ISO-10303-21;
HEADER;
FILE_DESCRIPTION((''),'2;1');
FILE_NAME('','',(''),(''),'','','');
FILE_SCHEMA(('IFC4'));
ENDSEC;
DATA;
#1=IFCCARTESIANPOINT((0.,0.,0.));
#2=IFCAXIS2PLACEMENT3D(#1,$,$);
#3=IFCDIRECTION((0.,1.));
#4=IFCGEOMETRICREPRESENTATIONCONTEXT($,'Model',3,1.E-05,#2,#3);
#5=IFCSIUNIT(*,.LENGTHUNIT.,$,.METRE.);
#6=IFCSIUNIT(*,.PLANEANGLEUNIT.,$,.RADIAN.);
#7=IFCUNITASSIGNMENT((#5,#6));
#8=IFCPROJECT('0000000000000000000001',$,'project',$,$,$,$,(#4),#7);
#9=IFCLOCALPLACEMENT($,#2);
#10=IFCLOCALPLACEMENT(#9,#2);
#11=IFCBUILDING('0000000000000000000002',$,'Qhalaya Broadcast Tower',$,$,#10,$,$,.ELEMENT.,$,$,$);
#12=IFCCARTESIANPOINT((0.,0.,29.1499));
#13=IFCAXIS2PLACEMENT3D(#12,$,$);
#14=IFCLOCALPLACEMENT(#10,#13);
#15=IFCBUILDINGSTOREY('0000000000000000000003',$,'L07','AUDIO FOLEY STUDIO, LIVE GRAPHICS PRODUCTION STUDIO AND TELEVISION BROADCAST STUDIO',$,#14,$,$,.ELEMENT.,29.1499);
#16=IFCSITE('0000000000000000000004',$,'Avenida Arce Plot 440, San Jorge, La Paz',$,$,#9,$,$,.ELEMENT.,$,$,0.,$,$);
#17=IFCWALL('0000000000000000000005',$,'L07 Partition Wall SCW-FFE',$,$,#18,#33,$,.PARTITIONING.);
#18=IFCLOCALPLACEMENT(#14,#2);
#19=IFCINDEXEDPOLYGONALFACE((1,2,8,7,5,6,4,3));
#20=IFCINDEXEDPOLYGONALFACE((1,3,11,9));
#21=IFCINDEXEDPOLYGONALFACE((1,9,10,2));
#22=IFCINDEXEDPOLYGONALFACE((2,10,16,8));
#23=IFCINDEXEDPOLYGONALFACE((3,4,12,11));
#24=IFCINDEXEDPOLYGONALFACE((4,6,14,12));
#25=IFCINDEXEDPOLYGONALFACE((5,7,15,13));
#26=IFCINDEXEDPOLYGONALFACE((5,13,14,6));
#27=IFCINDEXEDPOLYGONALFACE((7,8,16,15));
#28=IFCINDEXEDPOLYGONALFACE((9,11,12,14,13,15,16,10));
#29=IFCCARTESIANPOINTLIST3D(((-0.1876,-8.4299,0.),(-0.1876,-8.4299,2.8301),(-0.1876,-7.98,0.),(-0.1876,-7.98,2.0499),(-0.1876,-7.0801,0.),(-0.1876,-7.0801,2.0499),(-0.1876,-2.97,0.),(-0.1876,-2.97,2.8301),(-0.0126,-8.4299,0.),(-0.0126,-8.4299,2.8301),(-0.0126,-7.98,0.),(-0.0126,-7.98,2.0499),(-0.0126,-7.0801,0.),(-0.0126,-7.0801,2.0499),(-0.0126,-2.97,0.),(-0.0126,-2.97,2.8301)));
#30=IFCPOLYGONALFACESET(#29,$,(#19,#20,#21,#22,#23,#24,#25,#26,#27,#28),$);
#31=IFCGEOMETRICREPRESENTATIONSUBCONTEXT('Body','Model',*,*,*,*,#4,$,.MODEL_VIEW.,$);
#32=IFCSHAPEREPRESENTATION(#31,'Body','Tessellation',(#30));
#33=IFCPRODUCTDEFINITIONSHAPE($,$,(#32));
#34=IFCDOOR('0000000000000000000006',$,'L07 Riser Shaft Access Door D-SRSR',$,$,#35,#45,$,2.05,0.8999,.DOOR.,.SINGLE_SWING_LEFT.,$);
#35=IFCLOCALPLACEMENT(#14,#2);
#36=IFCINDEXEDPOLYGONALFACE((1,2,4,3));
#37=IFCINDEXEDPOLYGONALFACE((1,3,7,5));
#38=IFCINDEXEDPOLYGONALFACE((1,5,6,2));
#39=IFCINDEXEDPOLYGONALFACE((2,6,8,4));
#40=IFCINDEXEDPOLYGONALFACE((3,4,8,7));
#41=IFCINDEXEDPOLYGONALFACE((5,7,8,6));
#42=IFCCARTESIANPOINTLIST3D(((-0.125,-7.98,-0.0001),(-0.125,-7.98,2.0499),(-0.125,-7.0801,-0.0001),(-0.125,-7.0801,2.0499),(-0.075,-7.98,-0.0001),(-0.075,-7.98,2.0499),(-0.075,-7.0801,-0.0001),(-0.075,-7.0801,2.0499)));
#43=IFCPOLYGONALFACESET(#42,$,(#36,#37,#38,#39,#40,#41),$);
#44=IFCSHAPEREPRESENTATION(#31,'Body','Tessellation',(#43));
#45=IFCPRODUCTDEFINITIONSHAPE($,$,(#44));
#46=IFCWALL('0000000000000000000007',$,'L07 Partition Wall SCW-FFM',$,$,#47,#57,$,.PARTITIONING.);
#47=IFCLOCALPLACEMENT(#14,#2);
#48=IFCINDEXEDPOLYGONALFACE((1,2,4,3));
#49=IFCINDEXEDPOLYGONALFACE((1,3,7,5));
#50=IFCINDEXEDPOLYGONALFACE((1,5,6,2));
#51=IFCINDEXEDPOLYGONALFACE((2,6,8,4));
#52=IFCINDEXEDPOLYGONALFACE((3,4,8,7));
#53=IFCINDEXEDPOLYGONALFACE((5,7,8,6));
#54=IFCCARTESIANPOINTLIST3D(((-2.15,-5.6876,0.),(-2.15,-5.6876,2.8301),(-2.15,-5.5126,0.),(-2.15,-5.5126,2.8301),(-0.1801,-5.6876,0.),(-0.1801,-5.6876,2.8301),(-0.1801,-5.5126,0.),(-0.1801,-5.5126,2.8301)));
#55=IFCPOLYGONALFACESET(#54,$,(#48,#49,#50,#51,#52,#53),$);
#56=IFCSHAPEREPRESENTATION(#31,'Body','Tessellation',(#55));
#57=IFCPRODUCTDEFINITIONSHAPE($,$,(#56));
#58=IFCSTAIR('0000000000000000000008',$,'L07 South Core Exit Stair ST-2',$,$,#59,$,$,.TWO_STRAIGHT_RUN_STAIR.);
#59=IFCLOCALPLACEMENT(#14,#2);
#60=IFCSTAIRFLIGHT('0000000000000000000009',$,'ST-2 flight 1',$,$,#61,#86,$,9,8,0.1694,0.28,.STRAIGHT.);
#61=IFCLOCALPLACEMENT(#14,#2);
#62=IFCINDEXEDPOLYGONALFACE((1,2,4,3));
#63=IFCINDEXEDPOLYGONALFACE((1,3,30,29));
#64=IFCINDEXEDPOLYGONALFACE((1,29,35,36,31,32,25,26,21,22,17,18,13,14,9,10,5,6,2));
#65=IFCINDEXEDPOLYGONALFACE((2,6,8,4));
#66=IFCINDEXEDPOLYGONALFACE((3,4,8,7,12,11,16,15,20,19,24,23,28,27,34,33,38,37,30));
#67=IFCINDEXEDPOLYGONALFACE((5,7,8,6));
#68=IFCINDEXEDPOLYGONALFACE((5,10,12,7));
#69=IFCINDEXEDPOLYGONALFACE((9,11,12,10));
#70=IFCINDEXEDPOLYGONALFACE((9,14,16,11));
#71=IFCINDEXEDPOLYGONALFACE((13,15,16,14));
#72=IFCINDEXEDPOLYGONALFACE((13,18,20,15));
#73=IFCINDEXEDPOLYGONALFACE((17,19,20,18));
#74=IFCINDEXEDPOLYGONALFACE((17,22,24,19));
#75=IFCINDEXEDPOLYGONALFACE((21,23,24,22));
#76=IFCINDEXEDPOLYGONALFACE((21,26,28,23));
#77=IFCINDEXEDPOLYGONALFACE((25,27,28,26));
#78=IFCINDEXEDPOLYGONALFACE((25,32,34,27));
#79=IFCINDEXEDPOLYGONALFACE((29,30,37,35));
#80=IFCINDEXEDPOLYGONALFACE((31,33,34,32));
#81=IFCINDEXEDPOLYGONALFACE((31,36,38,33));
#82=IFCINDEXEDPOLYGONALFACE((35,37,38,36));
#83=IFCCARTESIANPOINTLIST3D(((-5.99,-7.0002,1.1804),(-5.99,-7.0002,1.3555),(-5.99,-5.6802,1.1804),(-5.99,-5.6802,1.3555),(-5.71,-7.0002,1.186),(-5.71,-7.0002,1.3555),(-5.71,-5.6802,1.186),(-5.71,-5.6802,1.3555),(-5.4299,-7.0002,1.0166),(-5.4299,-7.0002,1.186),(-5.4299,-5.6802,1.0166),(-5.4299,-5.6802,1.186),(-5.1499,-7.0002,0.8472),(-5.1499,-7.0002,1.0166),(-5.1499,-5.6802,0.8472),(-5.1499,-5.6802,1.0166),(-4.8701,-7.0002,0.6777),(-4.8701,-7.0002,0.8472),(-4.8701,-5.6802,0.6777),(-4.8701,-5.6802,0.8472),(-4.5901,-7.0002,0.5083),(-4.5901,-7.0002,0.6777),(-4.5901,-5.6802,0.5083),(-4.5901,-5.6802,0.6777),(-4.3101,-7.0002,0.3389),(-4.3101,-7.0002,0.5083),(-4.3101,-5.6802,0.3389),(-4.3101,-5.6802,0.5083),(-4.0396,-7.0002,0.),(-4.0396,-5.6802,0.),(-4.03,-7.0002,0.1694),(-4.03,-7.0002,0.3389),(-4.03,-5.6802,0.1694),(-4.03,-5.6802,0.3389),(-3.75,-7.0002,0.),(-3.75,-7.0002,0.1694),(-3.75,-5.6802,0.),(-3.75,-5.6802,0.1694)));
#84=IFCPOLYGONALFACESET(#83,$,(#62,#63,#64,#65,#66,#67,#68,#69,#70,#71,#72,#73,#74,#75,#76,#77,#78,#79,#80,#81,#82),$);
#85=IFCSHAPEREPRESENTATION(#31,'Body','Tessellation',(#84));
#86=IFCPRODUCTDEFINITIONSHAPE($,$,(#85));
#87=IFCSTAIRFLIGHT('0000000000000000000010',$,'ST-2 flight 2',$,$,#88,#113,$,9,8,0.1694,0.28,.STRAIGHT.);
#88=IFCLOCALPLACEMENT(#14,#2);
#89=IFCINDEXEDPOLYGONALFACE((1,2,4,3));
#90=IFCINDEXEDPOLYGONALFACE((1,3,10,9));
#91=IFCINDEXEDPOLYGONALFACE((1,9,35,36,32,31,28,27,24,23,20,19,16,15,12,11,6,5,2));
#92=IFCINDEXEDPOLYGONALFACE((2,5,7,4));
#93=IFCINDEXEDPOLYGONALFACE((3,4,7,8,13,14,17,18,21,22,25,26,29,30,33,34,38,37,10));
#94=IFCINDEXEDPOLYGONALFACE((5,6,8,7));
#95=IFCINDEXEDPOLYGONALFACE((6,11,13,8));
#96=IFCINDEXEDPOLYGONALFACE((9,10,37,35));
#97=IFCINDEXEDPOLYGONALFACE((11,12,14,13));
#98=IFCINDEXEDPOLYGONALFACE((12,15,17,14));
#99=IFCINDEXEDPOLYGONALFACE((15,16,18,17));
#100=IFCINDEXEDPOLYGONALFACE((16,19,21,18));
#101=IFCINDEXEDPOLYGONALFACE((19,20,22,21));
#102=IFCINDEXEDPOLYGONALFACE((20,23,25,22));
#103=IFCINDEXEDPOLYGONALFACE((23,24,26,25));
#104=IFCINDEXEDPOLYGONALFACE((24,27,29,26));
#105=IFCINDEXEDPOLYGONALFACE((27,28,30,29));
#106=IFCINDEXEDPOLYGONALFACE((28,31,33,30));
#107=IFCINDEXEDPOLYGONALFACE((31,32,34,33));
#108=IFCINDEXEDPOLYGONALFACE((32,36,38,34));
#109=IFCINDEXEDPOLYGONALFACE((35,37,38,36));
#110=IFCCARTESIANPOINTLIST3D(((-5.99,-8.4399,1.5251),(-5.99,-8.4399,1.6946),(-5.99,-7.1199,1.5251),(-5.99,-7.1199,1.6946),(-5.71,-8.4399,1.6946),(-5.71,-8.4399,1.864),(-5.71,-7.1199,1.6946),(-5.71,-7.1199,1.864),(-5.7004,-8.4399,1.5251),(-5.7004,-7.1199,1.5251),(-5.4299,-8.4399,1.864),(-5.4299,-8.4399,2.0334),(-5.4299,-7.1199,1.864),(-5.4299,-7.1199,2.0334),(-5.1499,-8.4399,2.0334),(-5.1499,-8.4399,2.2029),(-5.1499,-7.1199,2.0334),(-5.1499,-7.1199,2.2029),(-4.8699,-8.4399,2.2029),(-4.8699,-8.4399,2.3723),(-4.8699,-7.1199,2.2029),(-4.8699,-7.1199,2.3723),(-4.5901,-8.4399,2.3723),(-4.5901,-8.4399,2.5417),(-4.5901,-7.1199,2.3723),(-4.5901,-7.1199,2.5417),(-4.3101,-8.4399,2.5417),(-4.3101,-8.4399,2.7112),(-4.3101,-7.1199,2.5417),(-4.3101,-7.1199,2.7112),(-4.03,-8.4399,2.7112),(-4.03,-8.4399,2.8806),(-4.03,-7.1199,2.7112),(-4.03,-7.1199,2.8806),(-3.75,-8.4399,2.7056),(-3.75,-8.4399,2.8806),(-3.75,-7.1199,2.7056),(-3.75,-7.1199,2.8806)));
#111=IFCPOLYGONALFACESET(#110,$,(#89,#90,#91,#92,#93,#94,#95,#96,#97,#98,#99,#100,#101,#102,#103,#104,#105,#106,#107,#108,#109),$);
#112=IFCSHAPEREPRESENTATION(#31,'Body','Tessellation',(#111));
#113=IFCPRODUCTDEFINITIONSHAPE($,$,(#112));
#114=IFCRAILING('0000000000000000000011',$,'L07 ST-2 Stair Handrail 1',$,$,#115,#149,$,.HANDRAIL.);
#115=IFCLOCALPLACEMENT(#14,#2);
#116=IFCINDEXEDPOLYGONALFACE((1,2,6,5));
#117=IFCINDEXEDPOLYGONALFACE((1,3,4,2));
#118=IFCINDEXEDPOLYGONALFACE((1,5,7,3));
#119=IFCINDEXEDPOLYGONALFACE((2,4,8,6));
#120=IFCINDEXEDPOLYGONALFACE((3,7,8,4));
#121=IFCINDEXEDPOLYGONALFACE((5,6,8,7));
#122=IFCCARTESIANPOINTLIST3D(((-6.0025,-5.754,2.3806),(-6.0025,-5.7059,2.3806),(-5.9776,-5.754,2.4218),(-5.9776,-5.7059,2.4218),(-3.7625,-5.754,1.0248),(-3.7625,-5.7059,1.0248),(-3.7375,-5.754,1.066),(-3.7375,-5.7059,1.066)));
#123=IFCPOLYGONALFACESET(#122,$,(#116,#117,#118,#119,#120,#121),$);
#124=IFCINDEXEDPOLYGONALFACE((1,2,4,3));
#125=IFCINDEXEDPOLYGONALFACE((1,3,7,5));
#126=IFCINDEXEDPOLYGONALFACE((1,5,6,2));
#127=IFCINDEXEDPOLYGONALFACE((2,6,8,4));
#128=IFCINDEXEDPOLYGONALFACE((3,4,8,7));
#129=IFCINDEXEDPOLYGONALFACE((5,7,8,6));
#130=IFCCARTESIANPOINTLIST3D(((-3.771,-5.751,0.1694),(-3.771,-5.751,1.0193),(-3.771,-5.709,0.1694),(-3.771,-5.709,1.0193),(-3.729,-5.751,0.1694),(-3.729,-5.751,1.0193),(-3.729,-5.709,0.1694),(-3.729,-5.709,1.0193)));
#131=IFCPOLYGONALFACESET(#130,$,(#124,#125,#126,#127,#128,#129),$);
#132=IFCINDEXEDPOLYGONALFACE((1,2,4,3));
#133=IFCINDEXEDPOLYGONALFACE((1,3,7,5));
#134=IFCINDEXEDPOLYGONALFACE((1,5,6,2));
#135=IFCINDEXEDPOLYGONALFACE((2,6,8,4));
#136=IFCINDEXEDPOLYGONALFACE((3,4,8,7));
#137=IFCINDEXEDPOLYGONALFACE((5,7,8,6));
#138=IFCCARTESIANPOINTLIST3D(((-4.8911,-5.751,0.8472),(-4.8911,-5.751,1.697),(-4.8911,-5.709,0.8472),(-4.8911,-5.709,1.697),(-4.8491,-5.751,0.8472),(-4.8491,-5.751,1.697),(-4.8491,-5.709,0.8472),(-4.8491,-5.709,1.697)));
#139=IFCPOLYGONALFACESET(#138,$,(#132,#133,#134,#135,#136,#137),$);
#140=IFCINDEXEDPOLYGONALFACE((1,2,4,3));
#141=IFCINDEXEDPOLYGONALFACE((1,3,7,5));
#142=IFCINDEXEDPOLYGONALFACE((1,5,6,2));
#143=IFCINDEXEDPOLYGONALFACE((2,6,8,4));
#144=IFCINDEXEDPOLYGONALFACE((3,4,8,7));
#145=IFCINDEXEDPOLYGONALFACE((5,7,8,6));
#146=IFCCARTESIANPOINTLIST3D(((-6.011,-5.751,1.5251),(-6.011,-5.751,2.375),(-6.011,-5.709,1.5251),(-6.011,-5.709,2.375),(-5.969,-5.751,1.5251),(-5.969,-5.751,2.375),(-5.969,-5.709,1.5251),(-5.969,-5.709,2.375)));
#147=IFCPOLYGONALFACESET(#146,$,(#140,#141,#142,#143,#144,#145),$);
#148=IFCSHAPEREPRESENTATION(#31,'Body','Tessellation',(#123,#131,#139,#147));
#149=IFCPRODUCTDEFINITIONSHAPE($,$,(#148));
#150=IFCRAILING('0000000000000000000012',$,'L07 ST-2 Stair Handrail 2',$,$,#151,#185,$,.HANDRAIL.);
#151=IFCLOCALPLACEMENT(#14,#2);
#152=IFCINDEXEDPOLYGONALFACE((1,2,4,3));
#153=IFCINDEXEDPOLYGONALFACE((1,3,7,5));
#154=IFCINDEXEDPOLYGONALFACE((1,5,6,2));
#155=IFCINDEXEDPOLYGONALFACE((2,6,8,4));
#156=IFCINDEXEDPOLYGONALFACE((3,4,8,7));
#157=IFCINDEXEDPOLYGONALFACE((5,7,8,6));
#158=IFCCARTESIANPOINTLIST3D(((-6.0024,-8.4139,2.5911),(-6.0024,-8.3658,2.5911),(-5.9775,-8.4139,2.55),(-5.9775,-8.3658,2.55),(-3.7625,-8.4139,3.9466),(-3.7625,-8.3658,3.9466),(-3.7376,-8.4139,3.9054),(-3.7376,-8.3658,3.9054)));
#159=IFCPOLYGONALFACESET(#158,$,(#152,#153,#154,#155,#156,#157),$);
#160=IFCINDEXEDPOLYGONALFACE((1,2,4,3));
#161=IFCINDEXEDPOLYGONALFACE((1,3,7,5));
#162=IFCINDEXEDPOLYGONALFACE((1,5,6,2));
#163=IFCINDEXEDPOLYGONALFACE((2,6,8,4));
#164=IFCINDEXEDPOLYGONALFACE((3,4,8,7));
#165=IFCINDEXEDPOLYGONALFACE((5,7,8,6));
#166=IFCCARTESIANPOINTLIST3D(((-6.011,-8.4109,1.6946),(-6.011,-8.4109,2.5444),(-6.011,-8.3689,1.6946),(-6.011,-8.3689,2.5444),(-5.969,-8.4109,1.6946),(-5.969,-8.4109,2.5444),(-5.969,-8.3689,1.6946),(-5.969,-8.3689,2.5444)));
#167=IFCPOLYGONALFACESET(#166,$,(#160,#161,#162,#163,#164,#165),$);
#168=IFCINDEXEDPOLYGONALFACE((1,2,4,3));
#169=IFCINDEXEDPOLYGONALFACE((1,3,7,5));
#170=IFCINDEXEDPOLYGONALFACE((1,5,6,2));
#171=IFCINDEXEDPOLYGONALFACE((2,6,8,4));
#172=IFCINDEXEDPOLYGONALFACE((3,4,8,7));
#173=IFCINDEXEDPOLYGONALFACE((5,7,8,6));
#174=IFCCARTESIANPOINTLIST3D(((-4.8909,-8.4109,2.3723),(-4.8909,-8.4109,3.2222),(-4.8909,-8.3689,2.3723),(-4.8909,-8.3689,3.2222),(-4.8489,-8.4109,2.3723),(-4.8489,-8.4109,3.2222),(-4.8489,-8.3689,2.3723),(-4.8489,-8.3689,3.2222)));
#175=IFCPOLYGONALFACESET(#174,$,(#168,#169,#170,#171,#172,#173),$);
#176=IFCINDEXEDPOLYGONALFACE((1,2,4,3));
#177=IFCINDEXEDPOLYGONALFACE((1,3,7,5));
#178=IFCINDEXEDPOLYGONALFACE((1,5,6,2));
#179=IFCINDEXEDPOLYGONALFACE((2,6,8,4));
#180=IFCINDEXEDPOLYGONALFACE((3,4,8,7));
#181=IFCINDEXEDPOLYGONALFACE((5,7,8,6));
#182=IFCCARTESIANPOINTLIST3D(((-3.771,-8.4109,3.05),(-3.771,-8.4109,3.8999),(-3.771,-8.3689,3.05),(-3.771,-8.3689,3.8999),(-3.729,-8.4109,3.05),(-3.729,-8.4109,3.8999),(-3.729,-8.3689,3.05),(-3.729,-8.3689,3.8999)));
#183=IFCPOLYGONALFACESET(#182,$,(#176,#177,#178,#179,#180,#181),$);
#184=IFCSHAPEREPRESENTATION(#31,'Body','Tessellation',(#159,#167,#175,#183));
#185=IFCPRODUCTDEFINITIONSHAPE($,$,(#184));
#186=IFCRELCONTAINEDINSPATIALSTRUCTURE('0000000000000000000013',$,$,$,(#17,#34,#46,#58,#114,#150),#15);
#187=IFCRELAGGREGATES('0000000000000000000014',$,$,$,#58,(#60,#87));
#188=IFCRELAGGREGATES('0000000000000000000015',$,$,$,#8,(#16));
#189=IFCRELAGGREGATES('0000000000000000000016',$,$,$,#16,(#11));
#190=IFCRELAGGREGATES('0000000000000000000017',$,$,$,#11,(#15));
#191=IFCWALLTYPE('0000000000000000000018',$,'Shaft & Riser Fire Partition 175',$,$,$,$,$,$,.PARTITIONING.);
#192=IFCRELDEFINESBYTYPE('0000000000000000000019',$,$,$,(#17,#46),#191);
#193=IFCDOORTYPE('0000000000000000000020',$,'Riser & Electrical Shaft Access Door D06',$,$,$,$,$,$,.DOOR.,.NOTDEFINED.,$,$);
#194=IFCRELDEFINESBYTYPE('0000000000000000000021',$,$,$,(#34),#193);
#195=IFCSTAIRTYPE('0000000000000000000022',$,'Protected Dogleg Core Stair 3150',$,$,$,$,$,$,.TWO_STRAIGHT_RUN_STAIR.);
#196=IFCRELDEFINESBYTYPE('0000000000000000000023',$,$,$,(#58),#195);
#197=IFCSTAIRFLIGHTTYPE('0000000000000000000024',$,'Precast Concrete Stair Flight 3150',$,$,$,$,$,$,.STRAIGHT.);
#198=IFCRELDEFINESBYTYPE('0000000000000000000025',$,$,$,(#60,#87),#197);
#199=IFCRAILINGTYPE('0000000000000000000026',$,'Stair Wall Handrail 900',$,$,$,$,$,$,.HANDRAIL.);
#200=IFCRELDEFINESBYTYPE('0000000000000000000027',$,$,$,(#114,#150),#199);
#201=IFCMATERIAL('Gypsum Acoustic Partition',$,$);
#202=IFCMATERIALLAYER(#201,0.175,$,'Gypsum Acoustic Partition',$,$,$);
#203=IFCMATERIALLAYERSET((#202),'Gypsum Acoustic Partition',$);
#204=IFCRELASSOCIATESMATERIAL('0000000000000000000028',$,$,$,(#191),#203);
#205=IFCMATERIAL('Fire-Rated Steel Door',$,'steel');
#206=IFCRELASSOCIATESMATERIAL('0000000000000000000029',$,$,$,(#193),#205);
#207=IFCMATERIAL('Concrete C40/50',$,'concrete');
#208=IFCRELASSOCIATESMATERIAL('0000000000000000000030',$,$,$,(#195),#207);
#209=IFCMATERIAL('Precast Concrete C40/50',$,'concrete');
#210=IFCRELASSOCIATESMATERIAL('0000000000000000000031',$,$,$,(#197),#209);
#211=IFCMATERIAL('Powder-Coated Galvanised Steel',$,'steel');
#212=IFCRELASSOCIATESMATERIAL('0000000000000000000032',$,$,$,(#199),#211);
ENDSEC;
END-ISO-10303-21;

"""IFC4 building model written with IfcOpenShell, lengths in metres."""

from ifc_helpers import new_model, si_unit, direction, frame, frame_2d, origin, origin_2d, place, context, subcontext, project, spatial, polyline, rectangle, outline, extrude, material, layer, layer_set, type_object, element, fill, aggregate, save


model = new_model("IFC4")

# Units and contexts
model_context = context("Model", 3, precision=1e-05, world=origin(), true_north=direction((0.0, 1.0)))
body_context = subcontext(model_context, "Body", "Model", "MODEL_VIEW")
ifc_project = project(units=[si_unit("LENGTHUNIT", "METRE"), si_unit("PLANEANGLEUNIT", "RADIAN")], contexts=[model_context])

# Site, building, storey
site_placement = place(None, origin())
site = spatial("IfcSite", under=ifc_project, at=site_placement, Name="Avenida Arce Plot 440, San Jorge, La Paz", CompositionType="ELEMENT", RefElevation=0.0)
building_placement = place(site_placement, origin())
building = spatial("IfcBuilding", under=site, at=building_placement, Name="Qhalaya Broadcast Tower", CompositionType="ELEMENT")
storey_placement = place(building_placement, frame((0.0, 0.0, 29.1499)))
storey = spatial("IfcBuildingStorey", under=building, at=storey_placement, Name="L07", Description="AUDIO FOLEY STUDIO, LIVE GRAPHICS PRODUCTION STUDIO AND TELEVISION BROADCAST STUDIO", CompositionType="ELEMENT", Elevation=29.1499)

# Shared definitions
ifc_material_1 = material(Name="Precast Concrete C40/50", Category="concrete")

# Shared definitions
ifc_material_2 = material(Name="Fire-Rated Steel Door", Category="steel")

# Wall, opening, door
ifc_material_3 = material(Name="Gypsum Acoustic Partition")
ifc_layer_1 = layer(ifc_material_3, 0.175, Name="Gypsum Acoustic Partition")
ifc_layer_set_1 = layer_set([ifc_layer_1], Name="Gypsum Acoustic Partition")
wall_type_1 = type_object("IfcWallType", Name="Shaft & Riser Fire Partition 175", PredefinedType="PARTITIONING", material=ifc_layer_set_1)
wall_1_placement = place(storey_placement, frame((-0.1001, -8.4299, 0.0), z_axis=(0.0, 0.0, 1.0), x_axis=(0.0, 1.0, 0.0)))
wall_1 = element("IfcWall", 1, at=wall_1_placement, inside=storey, type_object=wall_type_1, Name="L07 Partition Wall SCW-FFE", PredefinedType="PARTITIONING", context=body_context, shape_type="SweptSolid", body=[
    extrude(rectangle(XDim=5.46, YDim=0.175, at=frame_2d((2.73, 0.0))), origin(), (0.0, 0.0, 1.0), 2.8301),
])
opening_1_placement = place(wall_1_placement, frame((0.45, 0.0, 0.0)))
opening_1 = element("IfcOpeningElement", 2, at=opening_1_placement, cuts=wall_1, PredefinedType="OPENING", context=body_context, shape_type="SweptSolid", body=[
    extrude(rectangle(XDim=0.8999, YDim=2.05, at=frame_2d((0.45, 1.0249))), frame((0.0, 0.0996, 0.0), z_axis=(0.0, -1.0, 0.0), x_axis=(1.0, 0.0, 0.0)), (0.0, 0.0, 1.0), 0.199),
])
door_type_1 = type_object("IfcDoorType", Name="Riser & Electrical Shaft Access Door D06", OperationType="NOTDEFINED", PredefinedType="DOOR", material=ifc_material_2)
door_1_placement = place(opening_1_placement, origin())
door_1 = element("IfcDoor", 3, at=door_1_placement, inside=storey, type_object=door_type_1, Name="L07 Riser Shaft Access Door D-SRSR", OperationType="SINGLE_SWING_LEFT", OverallHeight=2.05, OverallWidth=0.8999, PredefinedType="DOOR", context=body_context, shape_type="SweptSolid", body=[
    extrude(rectangle(XDim=0.8999, YDim=2.05, at=frame_2d((0.45, 1.0249))), frame((0.0, 0.0249, 0.0), z_axis=(0.0, -1.0, 0.0), x_axis=(1.0, 0.0, 0.0)), (0.0, 0.0, 1.0), 0.05),
])
fill(opening_1, door_1)

# Wall
wall_2_placement = place(storey_placement, frame((-2.1499, -5.6001, 0.0), z_axis=(0.0, 0.0, 1.0), x_axis=(1.0, 0.0, 0.0)))
element("IfcWall", 4, at=wall_2_placement, inside=storey, type_object=wall_type_1, Name="L07 Partition Wall SCW-FFM", PredefinedType="PARTITIONING", context=body_context, shape_type="SweptSolid", body=[
    extrude(rectangle(XDim=1.97, YDim=0.175, at=frame_2d((0.9849, 0.0))), origin(), (0.0, 0.0, 1.0), 2.8301),
])

# Stair, stair flights
ifc_material_4 = material(Name="Concrete C40/50", Category="concrete")
stair_type = type_object("IfcStairType", Name="Protected Dogleg Core Stair 3150", PredefinedType="TWO_STRAIGHT_RUN_STAIR", material=ifc_material_4)
stair_placement = place(storey_placement, origin())
stair = element("IfcStair", 5, at=stair_placement, inside=storey, type_object=stair_type, Name="L07 South Core Exit Stair ST-2", PredefinedType="TWO_STRAIGHT_RUN_STAIR")
stair_flight_type = type_object("IfcStairFlightType", Name="Precast Concrete Stair Flight 3150", PredefinedType="STRAIGHT", material=ifc_material_1)
stair_flight_1_placement = place(storey_placement, frame((-3.75, -6.3401, 0.0), z_axis=(0.0, 0.0, 1.0), x_axis=(-1.0, 0.0, 0.0)))
stair_flight_1 = element("IfcStairFlight", 6, at=stair_flight_1_placement, type_object=stair_flight_type, Name="ST-2 flight 1", NumberOfRisers=9, NumberOfTreads=8, PredefinedType="STRAIGHT", RiserHeight=0.1694, TreadLength=0.28, context=body_context, shape_type="SweptSolid", body=[
    extrude(outline(polyline([(0.0, 0.0), (0.0, 0.1694), (0.28, 0.1694), (0.28, 0.3389), (0.5601, 0.3389), (0.5601, 0.5083), (0.8401, 0.5083), (0.8401, 0.6777), (1.1201, 0.6777), (1.1201, 0.8472), (1.3999, 0.8472), (1.3999, 1.0166), (1.6799, 1.0166), (1.6799, 1.186), (1.96, 1.186), (1.96, 1.3555), (2.24, 1.3555), (2.24, 1.5249), (2.24, 1.1804), (0.2896, 0.0), (0.0, 0.0)])), frame((0.0, 0.6602, 0.0), z_axis=(0.0, -1.0, 0.0), x_axis=(1.0, 0.0, 0.0)), (0.0, 0.0, 1.0), 1.3201),
])
stair_flight_2_placement = place(storey_placement, frame((-5.99, -7.78, 1.5251), z_axis=(0.0, 0.0, 1.0), x_axis=(1.0, 0.0, 0.0)))
stair_flight_2 = element("IfcStairFlight", 7, at=stair_flight_2_placement, type_object=stair_flight_type, Name="ST-2 flight 2", NumberOfRisers=9, NumberOfTreads=8, PredefinedType="STRAIGHT", RiserHeight=0.1694, TreadLength=0.28, context=body_context, shape_type="SweptSolid", body=[
    extrude(outline(polyline([(0.0, 0.0), (0.0, 0.1694), (0.28, 0.1694), (0.28, 0.3389), (0.5601, 0.3389), (0.5601, 0.5083), (0.8401, 0.5083), (0.8401, 0.6777), (1.1201, 0.6777), (1.1201, 0.8472), (1.3999, 0.8472), (1.3999, 1.0166), (1.6799, 1.0166), (1.6799, 1.186), (1.96, 1.186), (1.96, 1.3555), (2.24, 1.3555), (2.24, 1.5249), (2.24, 1.1804), (0.2896, 0.0), (0.0, 0.0)])), frame((0.0, 0.6602, 0.0), z_axis=(0.0, -1.0, 0.0), x_axis=(1.0, 0.0, 0.0)), (0.0, 0.0, 1.0), 1.3201),
])
aggregate(stair, [stair_flight_1, stair_flight_2])

# Railings
ifc_material_5 = material(Name="Powder-Coated Galvanised Steel", Category="steel")
railing_type_1 = type_object("IfcRailingType", Name="Stair Wall Handrail 900", PredefinedType="HANDRAIL", material=ifc_material_5)
railing_1_placement = place(storey_placement, frame((-3.75, -5.73, 0.1694)))
element("IfcRailing", 8, at=railing_1_placement, inside=storey, type_object=railing_type_1, Name="L07 ST-2 Stair Handrail 1", PredefinedType="HANDRAIL", context=body_context, shape_type="SweptSolid", body=[
    extrude(rectangle(XDim=0.0481, YDim=0.0481, at=origin_2d()), frame((0.0, 0.0, 0.876), z_axis=(-0.855512, 0.0, 0.517783), x_axis=(0.0, -1.0, 0.0)), (0.0, 0.0, 1.0), 2.6184),
    extrude(rectangle(XDim=0.042, YDim=0.042, at=origin_2d()), origin(), (0.0, 0.0, 1.0), 0.8499),
    extrude(rectangle(XDim=0.042, YDim=0.042, at=origin_2d()), frame((-1.1201, 0.0, 0.6777)), (0.0, 0.0, 1.0), 0.8499),
    extrude(rectangle(XDim=0.042, YDim=0.042, at=origin_2d()), frame((-2.24, 0.0, 1.3557)), (0.0, 0.0, 1.0), 0.8499),
])
railing_2_placement = place(storey_placement, frame((-5.99, -8.3899, 1.6946)))
element("IfcRailing", 9, at=railing_2_placement, inside=storey, type_object=railing_type_1, Name="L07 ST-2 Stair Handrail 2", PredefinedType="HANDRAIL", context=body_context, shape_type="SweptSolid", body=[
    extrude(rectangle(XDim=0.0481, YDim=0.0481, at=origin_2d()), frame((0.0, 0.0, 0.876), z_axis=(0.855553, 0.0, 0.517715), x_axis=(0.0, 1.0, 0.0)), (0.0, 0.0, 1.0), 2.6182),
    extrude(rectangle(XDim=0.042, YDim=0.042, at=origin_2d()), origin(), (0.0, 0.0, 1.0), 0.8499),
    extrude(rectangle(XDim=0.042, YDim=0.042, at=origin_2d()), frame((1.1201, 0.0, 0.6777)), (0.0, 0.0, 1.0), 0.8499),
    extrude(rectangle(XDim=0.042, YDim=0.042, at=origin_2d()), frame((2.24, 0.0, 1.3555)), (0.0, 0.0, 1.0), 0.8499),
])

save(model, "model.ifc")
